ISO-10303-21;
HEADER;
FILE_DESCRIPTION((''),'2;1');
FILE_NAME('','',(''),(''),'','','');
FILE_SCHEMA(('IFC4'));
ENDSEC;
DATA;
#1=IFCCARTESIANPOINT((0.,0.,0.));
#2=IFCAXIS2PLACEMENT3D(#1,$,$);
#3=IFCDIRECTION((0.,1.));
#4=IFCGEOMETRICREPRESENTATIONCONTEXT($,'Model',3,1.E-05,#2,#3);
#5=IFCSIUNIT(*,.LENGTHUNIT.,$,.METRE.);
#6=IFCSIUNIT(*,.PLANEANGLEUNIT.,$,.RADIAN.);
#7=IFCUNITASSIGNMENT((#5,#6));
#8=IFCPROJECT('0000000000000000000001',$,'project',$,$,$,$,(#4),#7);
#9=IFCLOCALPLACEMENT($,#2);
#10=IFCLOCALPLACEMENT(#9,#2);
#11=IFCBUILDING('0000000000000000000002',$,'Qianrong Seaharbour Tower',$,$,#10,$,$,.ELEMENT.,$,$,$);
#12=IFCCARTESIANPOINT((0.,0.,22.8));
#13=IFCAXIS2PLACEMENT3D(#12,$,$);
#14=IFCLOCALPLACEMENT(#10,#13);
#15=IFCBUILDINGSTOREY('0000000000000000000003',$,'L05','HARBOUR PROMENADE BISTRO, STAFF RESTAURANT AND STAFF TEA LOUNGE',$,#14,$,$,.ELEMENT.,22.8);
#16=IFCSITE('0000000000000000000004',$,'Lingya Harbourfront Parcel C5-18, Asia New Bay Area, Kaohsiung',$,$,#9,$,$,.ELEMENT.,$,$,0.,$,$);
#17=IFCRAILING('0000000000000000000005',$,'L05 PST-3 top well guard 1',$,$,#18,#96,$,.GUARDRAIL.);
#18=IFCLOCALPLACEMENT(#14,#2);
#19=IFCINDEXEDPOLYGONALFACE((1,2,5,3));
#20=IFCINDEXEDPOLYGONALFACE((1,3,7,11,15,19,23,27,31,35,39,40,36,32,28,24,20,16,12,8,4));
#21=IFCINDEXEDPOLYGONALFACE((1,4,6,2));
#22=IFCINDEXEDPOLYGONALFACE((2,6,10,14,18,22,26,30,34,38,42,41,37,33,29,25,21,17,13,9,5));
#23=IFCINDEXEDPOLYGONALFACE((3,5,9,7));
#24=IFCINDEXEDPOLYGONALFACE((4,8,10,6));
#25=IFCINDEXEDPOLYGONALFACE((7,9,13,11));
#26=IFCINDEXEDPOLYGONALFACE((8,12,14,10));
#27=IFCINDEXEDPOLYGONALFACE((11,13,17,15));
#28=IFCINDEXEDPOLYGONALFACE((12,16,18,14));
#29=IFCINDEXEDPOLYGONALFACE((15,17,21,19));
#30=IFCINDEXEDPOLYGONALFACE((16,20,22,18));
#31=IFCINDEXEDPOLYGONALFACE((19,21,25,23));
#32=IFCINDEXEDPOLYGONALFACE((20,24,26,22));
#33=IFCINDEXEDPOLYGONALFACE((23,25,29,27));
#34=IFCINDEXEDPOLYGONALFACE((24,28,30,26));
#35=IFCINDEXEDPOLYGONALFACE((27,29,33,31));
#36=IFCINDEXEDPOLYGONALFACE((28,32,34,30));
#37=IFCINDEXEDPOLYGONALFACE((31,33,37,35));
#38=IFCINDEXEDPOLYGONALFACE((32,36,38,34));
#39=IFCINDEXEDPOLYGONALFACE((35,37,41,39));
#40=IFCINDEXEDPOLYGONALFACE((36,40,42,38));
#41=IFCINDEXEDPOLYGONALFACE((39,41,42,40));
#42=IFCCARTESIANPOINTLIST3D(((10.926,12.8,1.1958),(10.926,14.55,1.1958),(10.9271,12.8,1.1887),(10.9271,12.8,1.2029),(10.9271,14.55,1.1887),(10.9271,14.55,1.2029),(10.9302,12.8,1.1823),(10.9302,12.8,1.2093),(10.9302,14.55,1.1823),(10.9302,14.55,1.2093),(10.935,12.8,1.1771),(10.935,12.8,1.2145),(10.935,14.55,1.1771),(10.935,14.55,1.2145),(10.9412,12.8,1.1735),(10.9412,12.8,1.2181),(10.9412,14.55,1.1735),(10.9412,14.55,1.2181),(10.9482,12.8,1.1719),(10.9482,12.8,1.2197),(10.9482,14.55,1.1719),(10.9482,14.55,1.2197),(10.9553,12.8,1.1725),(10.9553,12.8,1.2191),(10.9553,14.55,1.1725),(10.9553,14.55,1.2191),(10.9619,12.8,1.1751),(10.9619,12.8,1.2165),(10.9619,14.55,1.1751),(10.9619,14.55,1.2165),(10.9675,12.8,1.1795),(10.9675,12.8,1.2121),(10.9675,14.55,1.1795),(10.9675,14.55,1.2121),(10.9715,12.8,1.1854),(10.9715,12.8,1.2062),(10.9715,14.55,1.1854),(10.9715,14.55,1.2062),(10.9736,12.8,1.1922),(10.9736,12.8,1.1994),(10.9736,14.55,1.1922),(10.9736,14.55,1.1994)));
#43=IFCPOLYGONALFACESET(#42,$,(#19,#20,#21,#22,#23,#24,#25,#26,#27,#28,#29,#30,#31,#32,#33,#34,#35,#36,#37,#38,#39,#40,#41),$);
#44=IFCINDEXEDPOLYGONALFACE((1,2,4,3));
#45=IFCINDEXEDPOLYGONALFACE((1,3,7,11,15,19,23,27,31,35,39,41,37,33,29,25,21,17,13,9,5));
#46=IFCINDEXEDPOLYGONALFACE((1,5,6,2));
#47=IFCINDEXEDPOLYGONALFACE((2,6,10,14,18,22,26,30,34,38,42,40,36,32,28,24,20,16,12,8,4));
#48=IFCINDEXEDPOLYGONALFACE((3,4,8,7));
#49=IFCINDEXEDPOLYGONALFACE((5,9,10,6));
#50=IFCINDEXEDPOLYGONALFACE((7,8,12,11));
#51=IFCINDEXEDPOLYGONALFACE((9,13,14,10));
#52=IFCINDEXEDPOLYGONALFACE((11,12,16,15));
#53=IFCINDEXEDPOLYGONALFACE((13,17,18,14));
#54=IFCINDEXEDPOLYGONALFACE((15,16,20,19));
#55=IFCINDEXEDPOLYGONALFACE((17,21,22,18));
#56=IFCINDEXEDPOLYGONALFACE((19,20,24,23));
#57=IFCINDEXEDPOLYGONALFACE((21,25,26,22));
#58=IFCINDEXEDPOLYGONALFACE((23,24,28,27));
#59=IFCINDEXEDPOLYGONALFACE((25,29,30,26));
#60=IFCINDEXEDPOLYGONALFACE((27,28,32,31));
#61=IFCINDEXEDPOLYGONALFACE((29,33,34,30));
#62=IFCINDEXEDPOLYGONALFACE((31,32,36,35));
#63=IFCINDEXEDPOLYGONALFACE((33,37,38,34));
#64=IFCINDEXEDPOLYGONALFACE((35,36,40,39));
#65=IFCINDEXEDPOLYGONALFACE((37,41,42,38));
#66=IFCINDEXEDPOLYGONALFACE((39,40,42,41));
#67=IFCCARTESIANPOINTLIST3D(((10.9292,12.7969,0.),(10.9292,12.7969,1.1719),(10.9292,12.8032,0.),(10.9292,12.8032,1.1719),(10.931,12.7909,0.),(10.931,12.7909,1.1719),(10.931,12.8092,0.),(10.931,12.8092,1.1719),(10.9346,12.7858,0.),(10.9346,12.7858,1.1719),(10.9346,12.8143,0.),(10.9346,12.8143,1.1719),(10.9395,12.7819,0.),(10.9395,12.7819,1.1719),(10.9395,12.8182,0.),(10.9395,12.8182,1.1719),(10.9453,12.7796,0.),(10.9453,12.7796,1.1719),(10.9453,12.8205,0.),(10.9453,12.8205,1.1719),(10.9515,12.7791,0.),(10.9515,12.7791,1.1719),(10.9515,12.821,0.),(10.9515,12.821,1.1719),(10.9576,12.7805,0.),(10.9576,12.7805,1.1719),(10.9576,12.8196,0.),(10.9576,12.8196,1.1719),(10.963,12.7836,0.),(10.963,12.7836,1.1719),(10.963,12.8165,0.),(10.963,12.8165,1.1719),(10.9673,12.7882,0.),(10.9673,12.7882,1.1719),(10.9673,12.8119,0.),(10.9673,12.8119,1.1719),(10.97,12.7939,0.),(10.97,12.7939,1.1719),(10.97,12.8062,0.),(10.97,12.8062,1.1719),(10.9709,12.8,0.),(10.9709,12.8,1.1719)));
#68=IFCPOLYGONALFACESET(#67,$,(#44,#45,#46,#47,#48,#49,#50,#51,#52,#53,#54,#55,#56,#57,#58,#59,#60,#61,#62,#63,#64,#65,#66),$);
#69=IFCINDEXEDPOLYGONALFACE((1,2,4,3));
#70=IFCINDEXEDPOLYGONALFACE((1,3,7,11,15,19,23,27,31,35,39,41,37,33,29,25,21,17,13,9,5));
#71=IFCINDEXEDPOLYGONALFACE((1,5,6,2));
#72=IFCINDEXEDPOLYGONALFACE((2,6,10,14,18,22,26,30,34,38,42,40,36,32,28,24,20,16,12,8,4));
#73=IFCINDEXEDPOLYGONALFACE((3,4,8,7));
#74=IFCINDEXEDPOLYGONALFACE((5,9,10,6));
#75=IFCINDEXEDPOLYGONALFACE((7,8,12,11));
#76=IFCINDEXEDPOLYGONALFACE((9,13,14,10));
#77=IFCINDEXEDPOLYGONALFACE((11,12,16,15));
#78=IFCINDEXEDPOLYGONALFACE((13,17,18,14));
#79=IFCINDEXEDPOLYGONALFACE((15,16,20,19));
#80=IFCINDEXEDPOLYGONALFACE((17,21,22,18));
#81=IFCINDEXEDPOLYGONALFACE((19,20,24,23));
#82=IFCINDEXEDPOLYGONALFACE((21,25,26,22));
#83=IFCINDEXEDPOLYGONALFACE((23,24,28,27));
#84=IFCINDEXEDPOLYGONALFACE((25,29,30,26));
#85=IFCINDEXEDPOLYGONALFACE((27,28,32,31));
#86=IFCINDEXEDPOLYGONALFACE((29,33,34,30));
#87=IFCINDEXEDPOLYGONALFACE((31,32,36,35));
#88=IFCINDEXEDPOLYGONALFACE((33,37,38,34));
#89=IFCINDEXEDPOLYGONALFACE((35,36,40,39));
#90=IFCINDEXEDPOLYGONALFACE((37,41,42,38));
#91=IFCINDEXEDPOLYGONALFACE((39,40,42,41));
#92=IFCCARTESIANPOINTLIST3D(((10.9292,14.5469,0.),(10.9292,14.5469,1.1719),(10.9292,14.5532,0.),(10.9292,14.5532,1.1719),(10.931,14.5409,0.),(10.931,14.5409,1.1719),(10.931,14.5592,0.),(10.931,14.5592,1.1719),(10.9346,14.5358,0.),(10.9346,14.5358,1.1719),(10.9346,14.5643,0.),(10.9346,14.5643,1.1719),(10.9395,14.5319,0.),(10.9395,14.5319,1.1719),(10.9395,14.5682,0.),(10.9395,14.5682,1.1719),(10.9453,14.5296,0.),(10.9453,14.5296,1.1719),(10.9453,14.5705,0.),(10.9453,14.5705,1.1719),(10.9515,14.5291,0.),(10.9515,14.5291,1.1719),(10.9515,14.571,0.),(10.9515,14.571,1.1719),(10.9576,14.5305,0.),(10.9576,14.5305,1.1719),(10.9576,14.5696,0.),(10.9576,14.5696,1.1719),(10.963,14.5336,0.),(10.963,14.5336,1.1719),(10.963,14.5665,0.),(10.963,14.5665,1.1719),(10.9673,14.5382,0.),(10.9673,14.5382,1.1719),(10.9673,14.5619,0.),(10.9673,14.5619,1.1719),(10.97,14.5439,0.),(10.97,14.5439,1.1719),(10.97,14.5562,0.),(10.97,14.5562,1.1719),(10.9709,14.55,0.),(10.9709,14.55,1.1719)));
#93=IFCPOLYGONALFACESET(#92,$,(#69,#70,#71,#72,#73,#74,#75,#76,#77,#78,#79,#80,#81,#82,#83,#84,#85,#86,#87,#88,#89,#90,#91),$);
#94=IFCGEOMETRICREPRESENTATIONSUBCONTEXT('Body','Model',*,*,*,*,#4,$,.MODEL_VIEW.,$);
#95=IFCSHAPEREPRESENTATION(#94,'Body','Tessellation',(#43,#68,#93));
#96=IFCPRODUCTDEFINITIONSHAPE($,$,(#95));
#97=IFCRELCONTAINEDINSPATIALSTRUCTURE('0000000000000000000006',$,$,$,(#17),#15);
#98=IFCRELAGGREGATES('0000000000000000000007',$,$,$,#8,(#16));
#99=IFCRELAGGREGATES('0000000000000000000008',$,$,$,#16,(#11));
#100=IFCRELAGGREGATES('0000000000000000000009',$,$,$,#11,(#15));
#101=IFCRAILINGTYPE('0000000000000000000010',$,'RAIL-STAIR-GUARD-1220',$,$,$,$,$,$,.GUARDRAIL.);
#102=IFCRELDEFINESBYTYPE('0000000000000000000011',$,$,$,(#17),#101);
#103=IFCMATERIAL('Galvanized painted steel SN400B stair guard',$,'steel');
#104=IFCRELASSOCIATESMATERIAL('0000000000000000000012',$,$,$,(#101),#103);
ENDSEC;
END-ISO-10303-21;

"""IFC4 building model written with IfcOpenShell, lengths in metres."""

from ifc_helpers import new_model, si_unit, direction, frame, origin, origin_2d, place, context, subcontext, project, spatial, circle, extrude, material, type_object, element, save


model = new_model("IFC4")

# Units and contexts
model_context = context("Model", 3, precision=1e-05, world=origin(), true_north=direction((0.0, 1.0)))
body_context = subcontext(model_context, "Body", "Model", "MODEL_VIEW")
ifc_project = project(units=[si_unit("LENGTHUNIT", "METRE"), si_unit("PLANEANGLEUNIT", "RADIAN")], contexts=[model_context])

# Site, building, storey
site_placement = place(None, origin())
site = spatial("IfcSite", under=ifc_project, at=site_placement, Name="Lingya Harbourfront Parcel C5-18, Asia New Bay Area, Kaohsiung", CompositionType="ELEMENT", RefElevation=0.0)
building_placement = place(site_placement, origin())
building = spatial("IfcBuilding", under=site, at=building_placement, Name="Qianrong Seaharbour Tower", CompositionType="ELEMENT")
storey_placement = place(building_placement, frame((0.0, 0.0, 22.8)))
storey = spatial("IfcBuildingStorey", under=building, at=storey_placement, Name="L05", Description="HARBOUR PROMENADE BISTRO, STAFF RESTAURANT AND STAFF TEA LOUNGE", CompositionType="ELEMENT", Elevation=22.8)

# Railing
ifc_material_1 = material(Name="Galvanized painted steel SN400B stair guard", Category="steel")
railing_type = type_object("IfcRailingType", Name="RAIL-STAIR-GUARD-1220", PredefinedType="GUARDRAIL", material=ifc_material_1)
railing_placement = place(storey_placement, frame((10.95, 12.8, 0.0)))
element("IfcRailing", 1, at=railing_placement, inside=storey, type_object=railing_type, Name="L05 PST-3 top well guard 1", PredefinedType="GUARDRAIL", context=body_context, shape_type="SweptSolid", body=[
    extrude(circle(Radius=0.0239, at=origin_2d()), frame((0.0, 0.0, 1.1958), z_axis=(0.0, 1.0, 0.0), x_axis=(-1.0, 0.0, 0.0)), (0.0, 0.0, 1.0), 1.75),
    extrude(circle(Radius=0.021, at=origin_2d()), origin(), (0.0, 0.0, 1.0), 1.1719),
    extrude(circle(Radius=0.021, at=origin_2d()), frame((0.0, 1.75, 0.0)), (0.0, 0.0, 1.0), 1.1719),
])

save(model, "model.ifc")
